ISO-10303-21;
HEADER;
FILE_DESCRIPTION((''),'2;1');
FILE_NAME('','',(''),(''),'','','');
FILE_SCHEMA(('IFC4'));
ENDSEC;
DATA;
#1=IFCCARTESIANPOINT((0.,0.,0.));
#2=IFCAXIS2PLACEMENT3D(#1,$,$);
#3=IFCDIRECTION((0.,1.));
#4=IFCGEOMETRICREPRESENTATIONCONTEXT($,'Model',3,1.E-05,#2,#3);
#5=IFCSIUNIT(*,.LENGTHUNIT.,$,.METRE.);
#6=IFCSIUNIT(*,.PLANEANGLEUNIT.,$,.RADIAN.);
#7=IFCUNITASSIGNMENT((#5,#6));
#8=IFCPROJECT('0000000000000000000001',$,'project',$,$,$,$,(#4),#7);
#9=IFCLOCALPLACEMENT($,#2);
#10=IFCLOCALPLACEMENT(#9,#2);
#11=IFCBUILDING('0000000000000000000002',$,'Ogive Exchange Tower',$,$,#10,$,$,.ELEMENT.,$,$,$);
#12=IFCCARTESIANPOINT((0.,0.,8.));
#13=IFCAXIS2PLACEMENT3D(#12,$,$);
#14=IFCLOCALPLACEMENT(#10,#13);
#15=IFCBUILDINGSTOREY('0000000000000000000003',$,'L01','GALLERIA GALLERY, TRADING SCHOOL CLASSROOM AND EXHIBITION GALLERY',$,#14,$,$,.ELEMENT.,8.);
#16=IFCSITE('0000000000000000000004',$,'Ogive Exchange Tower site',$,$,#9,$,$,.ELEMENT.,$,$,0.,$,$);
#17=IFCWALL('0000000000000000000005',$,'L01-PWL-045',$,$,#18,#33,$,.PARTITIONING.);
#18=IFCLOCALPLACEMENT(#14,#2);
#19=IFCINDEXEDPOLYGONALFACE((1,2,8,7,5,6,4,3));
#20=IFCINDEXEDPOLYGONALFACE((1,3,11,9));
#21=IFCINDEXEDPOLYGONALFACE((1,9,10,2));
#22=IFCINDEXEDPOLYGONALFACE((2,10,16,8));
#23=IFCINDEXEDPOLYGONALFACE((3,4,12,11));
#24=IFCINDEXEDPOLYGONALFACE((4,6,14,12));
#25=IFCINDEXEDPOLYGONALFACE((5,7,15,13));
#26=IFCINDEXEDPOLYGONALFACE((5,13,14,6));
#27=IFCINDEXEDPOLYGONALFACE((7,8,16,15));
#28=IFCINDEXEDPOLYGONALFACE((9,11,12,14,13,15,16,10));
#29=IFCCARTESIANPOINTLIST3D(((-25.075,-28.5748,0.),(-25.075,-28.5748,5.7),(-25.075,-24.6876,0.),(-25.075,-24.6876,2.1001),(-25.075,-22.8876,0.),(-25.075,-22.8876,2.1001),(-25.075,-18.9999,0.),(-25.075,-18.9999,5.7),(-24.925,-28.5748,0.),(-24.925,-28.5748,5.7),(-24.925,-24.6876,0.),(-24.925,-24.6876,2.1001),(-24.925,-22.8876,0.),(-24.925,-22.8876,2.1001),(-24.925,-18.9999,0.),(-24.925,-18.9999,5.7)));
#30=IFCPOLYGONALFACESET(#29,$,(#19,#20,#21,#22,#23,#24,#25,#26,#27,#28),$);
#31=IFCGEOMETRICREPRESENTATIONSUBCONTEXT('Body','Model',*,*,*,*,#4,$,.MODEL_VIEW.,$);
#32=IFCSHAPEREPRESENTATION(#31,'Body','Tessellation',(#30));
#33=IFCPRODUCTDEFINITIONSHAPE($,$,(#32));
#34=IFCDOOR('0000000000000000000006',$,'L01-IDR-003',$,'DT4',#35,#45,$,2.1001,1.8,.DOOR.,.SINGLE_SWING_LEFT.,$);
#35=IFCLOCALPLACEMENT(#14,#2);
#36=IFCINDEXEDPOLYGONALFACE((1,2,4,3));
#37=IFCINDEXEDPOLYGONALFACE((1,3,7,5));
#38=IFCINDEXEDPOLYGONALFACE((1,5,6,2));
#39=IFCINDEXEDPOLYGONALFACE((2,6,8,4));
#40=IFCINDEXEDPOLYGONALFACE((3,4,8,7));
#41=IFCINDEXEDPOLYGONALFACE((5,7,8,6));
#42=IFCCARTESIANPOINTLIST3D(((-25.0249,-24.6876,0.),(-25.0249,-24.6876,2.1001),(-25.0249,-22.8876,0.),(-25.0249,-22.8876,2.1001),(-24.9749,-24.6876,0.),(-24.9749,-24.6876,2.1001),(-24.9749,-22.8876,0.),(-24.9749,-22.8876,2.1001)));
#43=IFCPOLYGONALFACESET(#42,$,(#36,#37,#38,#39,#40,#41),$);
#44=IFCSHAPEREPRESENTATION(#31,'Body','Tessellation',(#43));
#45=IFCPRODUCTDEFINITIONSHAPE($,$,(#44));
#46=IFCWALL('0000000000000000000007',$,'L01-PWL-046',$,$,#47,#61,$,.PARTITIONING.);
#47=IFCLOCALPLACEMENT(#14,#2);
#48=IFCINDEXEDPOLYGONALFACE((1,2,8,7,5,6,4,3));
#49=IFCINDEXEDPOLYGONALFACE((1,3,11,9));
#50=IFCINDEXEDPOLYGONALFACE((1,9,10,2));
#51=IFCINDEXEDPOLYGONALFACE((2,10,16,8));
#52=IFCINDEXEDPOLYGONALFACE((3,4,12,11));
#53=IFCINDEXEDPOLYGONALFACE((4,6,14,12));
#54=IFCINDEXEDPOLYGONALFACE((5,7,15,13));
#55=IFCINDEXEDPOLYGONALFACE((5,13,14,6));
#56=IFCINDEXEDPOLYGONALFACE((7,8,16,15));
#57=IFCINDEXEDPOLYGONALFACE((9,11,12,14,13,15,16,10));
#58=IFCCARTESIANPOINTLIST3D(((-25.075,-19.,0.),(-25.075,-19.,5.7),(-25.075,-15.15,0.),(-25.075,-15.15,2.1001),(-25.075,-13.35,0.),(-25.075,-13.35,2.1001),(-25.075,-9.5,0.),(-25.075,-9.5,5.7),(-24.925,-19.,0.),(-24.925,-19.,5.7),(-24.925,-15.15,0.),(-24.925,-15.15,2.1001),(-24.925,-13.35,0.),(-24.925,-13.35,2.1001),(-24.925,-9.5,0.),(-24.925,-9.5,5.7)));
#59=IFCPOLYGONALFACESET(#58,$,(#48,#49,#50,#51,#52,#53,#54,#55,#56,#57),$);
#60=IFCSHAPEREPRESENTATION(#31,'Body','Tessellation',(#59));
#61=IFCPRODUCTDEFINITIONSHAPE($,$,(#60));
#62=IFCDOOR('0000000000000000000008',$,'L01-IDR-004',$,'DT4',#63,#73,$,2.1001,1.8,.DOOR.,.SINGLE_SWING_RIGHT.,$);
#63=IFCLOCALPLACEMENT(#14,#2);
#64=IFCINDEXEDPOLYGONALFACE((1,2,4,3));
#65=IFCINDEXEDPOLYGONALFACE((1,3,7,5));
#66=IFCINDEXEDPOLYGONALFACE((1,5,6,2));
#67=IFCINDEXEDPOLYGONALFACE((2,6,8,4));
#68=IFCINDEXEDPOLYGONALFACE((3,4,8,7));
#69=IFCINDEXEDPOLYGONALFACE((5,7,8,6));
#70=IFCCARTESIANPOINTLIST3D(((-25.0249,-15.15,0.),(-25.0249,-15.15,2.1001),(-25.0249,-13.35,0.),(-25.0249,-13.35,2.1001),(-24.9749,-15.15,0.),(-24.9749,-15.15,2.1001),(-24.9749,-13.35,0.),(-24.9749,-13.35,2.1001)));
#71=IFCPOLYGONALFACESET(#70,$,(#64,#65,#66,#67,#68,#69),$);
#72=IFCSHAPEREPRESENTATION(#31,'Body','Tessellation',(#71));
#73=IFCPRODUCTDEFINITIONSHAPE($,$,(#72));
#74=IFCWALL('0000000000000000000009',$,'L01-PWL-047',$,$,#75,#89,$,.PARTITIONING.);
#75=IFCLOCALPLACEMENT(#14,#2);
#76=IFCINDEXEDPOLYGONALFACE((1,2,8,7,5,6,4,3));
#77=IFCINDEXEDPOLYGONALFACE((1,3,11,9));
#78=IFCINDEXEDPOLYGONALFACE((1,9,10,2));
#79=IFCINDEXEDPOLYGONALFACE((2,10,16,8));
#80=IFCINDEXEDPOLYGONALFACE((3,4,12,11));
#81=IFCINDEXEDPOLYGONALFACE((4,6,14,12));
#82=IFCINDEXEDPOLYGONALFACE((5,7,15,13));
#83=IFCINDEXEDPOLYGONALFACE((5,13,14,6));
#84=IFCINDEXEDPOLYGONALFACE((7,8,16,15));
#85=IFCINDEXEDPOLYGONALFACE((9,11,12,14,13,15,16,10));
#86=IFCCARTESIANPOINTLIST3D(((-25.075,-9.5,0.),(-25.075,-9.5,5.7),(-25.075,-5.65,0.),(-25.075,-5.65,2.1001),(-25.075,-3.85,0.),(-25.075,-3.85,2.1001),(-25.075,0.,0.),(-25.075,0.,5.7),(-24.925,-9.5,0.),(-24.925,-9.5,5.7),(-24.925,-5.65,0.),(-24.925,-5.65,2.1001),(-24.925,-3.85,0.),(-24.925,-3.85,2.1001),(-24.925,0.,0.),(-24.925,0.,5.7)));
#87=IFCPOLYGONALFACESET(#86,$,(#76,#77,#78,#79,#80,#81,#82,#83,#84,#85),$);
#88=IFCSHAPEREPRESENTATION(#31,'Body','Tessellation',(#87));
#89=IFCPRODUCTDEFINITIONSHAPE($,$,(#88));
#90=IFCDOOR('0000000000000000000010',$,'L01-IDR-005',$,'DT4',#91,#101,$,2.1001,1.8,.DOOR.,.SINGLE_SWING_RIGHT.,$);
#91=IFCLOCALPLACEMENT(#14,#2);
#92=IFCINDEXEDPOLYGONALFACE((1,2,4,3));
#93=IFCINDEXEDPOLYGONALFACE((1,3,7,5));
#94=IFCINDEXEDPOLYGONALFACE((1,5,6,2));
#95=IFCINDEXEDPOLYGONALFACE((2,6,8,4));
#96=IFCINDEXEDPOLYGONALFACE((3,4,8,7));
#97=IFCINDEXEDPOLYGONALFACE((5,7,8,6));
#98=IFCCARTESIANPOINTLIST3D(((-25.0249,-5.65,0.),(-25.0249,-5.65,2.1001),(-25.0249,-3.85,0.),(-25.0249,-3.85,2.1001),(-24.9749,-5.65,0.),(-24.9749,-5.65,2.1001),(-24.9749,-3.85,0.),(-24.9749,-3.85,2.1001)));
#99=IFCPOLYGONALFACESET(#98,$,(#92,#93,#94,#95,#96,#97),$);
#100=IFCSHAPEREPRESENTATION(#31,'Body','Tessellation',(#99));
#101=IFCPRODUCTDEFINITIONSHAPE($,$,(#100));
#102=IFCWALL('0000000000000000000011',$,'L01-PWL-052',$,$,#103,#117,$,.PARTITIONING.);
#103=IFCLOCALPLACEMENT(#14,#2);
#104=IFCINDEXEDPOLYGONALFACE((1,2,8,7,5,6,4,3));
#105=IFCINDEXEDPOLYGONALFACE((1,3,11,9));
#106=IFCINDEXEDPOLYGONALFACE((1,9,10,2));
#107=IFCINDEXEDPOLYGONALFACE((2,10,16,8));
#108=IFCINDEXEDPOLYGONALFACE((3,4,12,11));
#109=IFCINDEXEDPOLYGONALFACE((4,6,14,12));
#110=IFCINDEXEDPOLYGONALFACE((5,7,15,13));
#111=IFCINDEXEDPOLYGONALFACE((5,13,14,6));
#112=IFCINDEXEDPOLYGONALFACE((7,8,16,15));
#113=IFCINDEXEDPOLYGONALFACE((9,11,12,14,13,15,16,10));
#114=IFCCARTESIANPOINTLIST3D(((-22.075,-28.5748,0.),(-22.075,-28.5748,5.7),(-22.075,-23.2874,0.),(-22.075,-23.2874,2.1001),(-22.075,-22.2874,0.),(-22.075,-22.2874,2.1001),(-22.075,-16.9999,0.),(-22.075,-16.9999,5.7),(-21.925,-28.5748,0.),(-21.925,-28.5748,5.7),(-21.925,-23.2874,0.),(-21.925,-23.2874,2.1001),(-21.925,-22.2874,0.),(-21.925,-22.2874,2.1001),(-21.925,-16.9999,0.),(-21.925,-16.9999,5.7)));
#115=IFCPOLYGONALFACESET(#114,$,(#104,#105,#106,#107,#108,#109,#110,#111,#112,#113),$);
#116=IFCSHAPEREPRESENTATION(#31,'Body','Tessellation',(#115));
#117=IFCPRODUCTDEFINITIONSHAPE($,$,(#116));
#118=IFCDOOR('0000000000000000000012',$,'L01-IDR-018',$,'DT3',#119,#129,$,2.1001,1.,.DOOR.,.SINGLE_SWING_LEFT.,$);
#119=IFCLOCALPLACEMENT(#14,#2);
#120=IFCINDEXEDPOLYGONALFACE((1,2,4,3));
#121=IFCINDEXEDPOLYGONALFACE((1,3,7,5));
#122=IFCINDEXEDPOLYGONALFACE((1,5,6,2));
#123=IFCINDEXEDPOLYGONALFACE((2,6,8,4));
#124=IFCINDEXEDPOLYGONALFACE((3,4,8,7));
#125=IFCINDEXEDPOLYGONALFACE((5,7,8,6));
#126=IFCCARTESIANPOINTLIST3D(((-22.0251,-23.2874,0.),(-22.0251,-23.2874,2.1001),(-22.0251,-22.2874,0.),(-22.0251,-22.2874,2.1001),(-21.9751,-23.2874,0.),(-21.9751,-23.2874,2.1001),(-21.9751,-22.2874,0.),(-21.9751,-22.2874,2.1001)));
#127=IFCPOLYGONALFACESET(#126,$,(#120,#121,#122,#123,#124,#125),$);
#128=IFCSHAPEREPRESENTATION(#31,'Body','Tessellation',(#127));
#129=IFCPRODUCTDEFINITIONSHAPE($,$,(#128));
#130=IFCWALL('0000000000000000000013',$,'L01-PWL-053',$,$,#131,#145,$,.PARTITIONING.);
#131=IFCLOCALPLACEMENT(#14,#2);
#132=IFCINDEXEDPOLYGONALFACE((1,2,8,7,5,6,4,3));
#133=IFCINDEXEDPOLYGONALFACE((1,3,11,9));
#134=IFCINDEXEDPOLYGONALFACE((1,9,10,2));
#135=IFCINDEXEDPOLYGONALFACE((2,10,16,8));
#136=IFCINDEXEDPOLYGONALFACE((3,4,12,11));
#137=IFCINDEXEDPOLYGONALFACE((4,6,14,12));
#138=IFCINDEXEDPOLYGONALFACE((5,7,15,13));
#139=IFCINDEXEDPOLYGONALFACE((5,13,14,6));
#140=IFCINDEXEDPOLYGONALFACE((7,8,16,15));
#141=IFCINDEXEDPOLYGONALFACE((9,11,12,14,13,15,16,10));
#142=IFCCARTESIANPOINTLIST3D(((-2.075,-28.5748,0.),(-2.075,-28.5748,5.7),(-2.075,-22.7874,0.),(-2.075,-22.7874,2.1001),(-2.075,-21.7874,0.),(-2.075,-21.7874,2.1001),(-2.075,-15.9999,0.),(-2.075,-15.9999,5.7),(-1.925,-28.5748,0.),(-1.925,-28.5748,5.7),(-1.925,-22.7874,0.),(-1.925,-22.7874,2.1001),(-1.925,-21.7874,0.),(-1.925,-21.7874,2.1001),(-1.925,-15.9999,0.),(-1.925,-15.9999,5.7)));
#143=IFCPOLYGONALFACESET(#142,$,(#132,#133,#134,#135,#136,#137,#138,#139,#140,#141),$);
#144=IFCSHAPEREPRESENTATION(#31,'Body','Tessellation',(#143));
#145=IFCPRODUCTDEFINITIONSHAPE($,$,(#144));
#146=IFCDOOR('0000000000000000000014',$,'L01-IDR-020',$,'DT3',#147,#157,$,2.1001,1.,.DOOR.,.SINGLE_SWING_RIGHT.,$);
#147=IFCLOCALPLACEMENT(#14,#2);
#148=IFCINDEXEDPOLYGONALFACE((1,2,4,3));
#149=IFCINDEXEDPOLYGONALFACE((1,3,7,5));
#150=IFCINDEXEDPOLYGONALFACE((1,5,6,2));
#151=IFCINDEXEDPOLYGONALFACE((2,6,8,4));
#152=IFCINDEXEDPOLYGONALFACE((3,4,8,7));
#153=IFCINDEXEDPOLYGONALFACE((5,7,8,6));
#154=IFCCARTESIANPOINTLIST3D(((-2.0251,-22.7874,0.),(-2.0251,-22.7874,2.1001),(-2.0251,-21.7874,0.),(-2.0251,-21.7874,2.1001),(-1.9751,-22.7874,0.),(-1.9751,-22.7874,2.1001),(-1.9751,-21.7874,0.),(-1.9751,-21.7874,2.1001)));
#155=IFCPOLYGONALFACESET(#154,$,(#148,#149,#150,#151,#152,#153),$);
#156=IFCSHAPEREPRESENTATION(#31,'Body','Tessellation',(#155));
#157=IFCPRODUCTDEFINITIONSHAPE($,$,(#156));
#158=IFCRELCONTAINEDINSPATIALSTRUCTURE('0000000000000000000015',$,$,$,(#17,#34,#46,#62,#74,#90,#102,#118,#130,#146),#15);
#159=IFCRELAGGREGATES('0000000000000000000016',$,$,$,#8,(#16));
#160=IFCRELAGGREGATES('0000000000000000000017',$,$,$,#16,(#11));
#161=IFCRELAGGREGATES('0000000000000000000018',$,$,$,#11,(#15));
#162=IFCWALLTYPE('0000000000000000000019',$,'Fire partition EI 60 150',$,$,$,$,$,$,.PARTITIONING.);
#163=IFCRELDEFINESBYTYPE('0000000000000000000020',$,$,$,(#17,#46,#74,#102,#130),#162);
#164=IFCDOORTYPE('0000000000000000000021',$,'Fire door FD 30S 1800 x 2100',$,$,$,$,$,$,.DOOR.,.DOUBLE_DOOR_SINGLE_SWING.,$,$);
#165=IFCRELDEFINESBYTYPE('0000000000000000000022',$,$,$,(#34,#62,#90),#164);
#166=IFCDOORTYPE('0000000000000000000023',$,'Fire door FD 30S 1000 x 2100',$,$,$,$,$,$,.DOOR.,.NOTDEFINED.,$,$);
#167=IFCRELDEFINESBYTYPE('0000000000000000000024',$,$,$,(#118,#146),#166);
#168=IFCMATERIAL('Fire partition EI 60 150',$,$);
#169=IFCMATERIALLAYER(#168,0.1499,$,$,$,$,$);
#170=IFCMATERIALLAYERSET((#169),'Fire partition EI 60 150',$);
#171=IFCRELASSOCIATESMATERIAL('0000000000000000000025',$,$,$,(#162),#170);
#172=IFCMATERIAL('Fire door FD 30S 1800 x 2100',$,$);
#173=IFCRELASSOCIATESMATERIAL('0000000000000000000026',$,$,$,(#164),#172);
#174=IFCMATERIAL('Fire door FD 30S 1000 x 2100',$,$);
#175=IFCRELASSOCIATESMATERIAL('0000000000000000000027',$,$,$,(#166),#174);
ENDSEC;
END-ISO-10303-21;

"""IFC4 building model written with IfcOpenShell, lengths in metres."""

from ifc_helpers import new_model, si_unit, direction, frame, frame_2d, origin, place, context, subcontext, project, spatial, rectangle, extrude, material, layer, layer_set, type_object, element, fill, save


model = new_model("IFC4")

# Units and contexts
model_context = context("Model", 3, precision=1e-05, world=origin(), true_north=direction((0.0, 1.0)))
body_context = subcontext(model_context, "Body", "Model", "MODEL_VIEW")
ifc_project = project(units=[si_unit("LENGTHUNIT", "METRE"), si_unit("PLANEANGLEUNIT", "RADIAN")], contexts=[model_context])

# Site, building, storey
site_placement = place(None, origin())
site = spatial("IfcSite", under=ifc_project, at=site_placement, Name="Ogive Exchange Tower site", CompositionType="ELEMENT", RefElevation=0.0)
building_placement = place(site_placement, origin())
building = spatial("IfcBuilding", under=site, at=building_placement, Name="Ogive Exchange Tower", CompositionType="ELEMENT")
storey_placement = place(building_placement, frame((0.0, 0.0, 8.0)))
storey = spatial("IfcBuildingStorey", under=building, at=storey_placement, Name="L01", Description="GALLERIA GALLERY, TRADING SCHOOL CLASSROOM AND EXHIBITION GALLERY", CompositionType="ELEMENT", Elevation=8.0)

# Shared definitions
ifc_material_1 = material(Name="Fire partition EI 60 150")
ifc_layer_1 = layer(ifc_material_1, 0.1499)
ifc_layer_set_1 = layer_set([ifc_layer_1], Name="Fire partition EI 60 150")
wall_type_1 = type_object("IfcWallType", Name="Fire partition EI 60 150", PredefinedType="PARTITIONING", material=ifc_layer_set_1)

# Walls, openings, doors
wall_1_placement = place(storey_placement, frame((-25.0, -28.575, 0.0), z_axis=(0.0, 0.0, 1.0), x_axis=(0.0, 1.0, 0.0)))
wall_1 = element("IfcWall", 1, at=wall_1_placement, inside=storey, type_object=wall_type_1, Name="L01-PWL-045", PredefinedType="PARTITIONING", context=body_context, shape_type="SweptSolid", body=[
    extrude(rectangle(XDim=9.575, YDim=0.1499, at=frame_2d((4.7876, 0.0))), origin(), (0.0, 0.0, 1.0), 5.7),
])
opening_1_placement = place(wall_1_placement, frame((3.8875, 0.0, 0.0)))
opening_1 = element("IfcOpeningElement", 2, at=opening_1_placement, cuts=wall_1, PredefinedType="OPENING", context=body_context, shape_type="SweptSolid", body=[
    extrude(rectangle(XDim=1.8, YDim=2.1001, at=frame_2d((0.8999, 1.05))), frame((0.0, 0.085, 0.0), z_axis=(0.0, -1.0, 0.0), x_axis=(1.0, 0.0, 0.0)), (0.0, 0.0, 1.0), 0.1699),
])
ifc_material_2 = material(Name="Fire door FD 30S 1800 x 2100")
door_type_1 = type_object("IfcDoorType", Name="Fire door FD 30S 1800 x 2100", OperationType="DOUBLE_DOOR_SINGLE_SWING", PredefinedType="DOOR", material=ifc_material_2)
door_1_placement = place(opening_1_placement, origin())
door_1 = element("IfcDoor", 3, at=door_1_placement, inside=storey, type_object=door_type_1, Name="L01-IDR-003", ObjectType="DT4", OperationType="SINGLE_SWING_LEFT", OverallHeight=2.1001, OverallWidth=1.8, PredefinedType="DOOR", context=body_context, shape_type="SweptSolid", body=[
    extrude(rectangle(XDim=1.8, YDim=2.1001, at=frame_2d((0.8999, 1.05))), frame((0.0, 0.0249, 0.0), z_axis=(0.0, -1.0, 0.0), x_axis=(1.0, 0.0, 0.0)), (0.0, 0.0, 1.0), 0.05),
])
fill(opening_1, door_1)
wall_2_placement = place(storey_placement, frame((-25.0, -19.0, 0.0), z_axis=(0.0, 0.0, 1.0), x_axis=(0.0, 1.0, 0.0)))
wall_2 = element("IfcWall", 4, at=wall_2_placement, inside=storey, type_object=wall_type_1, Name="L01-PWL-046", PredefinedType="PARTITIONING", context=body_context, shape_type="SweptSolid", body=[
    extrude(rectangle(XDim=9.5, YDim=0.1499, at=frame_2d((4.75, 0.0))), origin(), (0.0, 0.0, 1.0), 5.7),
])
opening_2_placement = place(wall_2_placement, frame((3.8501, 0.0, 0.0)))
opening_2 = element("IfcOpeningElement", 5, at=opening_2_placement, cuts=wall_2, PredefinedType="OPENING", context=body_context, shape_type="SweptSolid", body=[
    extrude(rectangle(XDim=1.8, YDim=2.1001, at=frame_2d((0.8999, 1.05))), frame((0.0, 0.085, 0.0), z_axis=(0.0, -1.0, 0.0), x_axis=(1.0, 0.0, 0.0)), (0.0, 0.0, 1.0), 0.1699),
])
door_2_placement = place(opening_2_placement, origin())
door_2 = element("IfcDoor", 6, at=door_2_placement, inside=storey, type_object=door_type_1, Name="L01-IDR-004", ObjectType="DT4", OperationType="SINGLE_SWING_RIGHT", OverallHeight=2.1001, OverallWidth=1.8, PredefinedType="DOOR", context=body_context, shape_type="SweptSolid", body=[
    extrude(rectangle(XDim=1.8, YDim=2.1001, at=frame_2d((0.8999, 1.05))), frame((0.0, 0.0249, 0.0), z_axis=(0.0, -1.0, 0.0), x_axis=(1.0, 0.0, 0.0)), (0.0, 0.0, 1.0), 0.05),
])
fill(opening_2, door_2)
wall_3_placement = place(storey_placement, frame((-25.0, -9.5, 0.0), z_axis=(0.0, 0.0, 1.0), x_axis=(0.0, 1.0, 0.0)))
wall_3 = element("IfcWall", 7, at=wall_3_placement, inside=storey, type_object=wall_type_1, Name="L01-PWL-047", PredefinedType="PARTITIONING", context=body_context, shape_type="SweptSolid", body=[
    extrude(rectangle(XDim=9.5, YDim=0.1499, at=frame_2d((4.75, 0.0))), origin(), (0.0, 0.0, 1.0), 5.7),
])
opening_3_placement = place(wall_3_placement, frame((3.8501, 0.0, 0.0)))
opening_3 = element("IfcOpeningElement", 8, at=opening_3_placement, cuts=wall_3, PredefinedType="OPENING", context=body_context, shape_type="SweptSolid", body=[
    extrude(rectangle(XDim=1.8, YDim=2.1001, at=frame_2d((0.8999, 1.05))), frame((0.0, 0.085, 0.0), z_axis=(0.0, -1.0, 0.0), x_axis=(1.0, 0.0, 0.0)), (0.0, 0.0, 1.0), 0.1699),
])
door_3_placement = place(opening_3_placement, origin())
door_3 = element("IfcDoor", 9, at=door_3_placement, inside=storey, type_object=door_type_1, Name="L01-IDR-005", ObjectType="DT4", OperationType="SINGLE_SWING_RIGHT", OverallHeight=2.1001, OverallWidth=1.8, PredefinedType="DOOR", context=body_context, shape_type="SweptSolid", body=[
    extrude(rectangle(XDim=1.8, YDim=2.1001, at=frame_2d((0.8999, 1.05))), frame((0.0, 0.0249, 0.0), z_axis=(0.0, -1.0, 0.0), x_axis=(1.0, 0.0, 0.0)), (0.0, 0.0, 1.0), 0.05),
])
fill(opening_3, door_3)
wall_4_placement = place(storey_placement, frame((-22.0, -28.575, 0.0), z_axis=(0.0, 0.0, 1.0), x_axis=(0.0, 1.0, 0.0)))
wall_4 = element("IfcWall", 10, at=wall_4_placement, inside=storey, type_object=wall_type_1, Name="L01-PWL-052", PredefinedType="PARTITIONING", context=body_context, shape_type="SweptSolid", body=[
    extrude(rectangle(XDim=11.575, YDim=0.1499, at=frame_2d((5.7876, 0.0))), origin(), (0.0, 0.0, 1.0), 5.7),
])
opening_4_placement = place(wall_4_placement, frame((5.2876, 0.0, 0.0)))
opening_4 = element("IfcOpeningElement", 11, at=opening_4_placement, cuts=wall_4, PredefinedType="OPENING", context=body_context, shape_type="SweptSolid", body=[
    extrude(rectangle(XDim=1.0, YDim=2.1001, at=frame_2d((0.5, 1.05))), frame((0.0, 0.085, 0.0), z_axis=(0.0, -1.0, 0.0), x_axis=(1.0, 0.0, 0.0)), (0.0, 0.0, 1.0), 0.1699),
])
ifc_material_3 = material(Name="Fire door FD 30S 1000 x 2100")
door_type_2 = type_object("IfcDoorType", Name="Fire door FD 30S 1000 x 2100", OperationType="NOTDEFINED", PredefinedType="DOOR", material=ifc_material_3)
door_4_placement = place(opening_4_placement, frame((1.0, 0.0, 0.0), z_axis=(0.0, 0.0, 1.0), x_axis=(-1.0, 0.0, 0.0)))
door_4 = element("IfcDoor", 12, at=door_4_placement, inside=storey, type_object=door_type_2, Name="L01-IDR-018", ObjectType="DT3", OperationType="SINGLE_SWING_LEFT", OverallHeight=2.1001, OverallWidth=1.0, PredefinedType="DOOR", context=body_context, shape_type="SweptSolid", body=[
    extrude(rectangle(XDim=1.0, YDim=2.1001, at=frame_2d((0.5, 1.05))), frame((0.0, 0.0249, 0.0), z_axis=(0.0, -1.0, 0.0), x_axis=(1.0, 0.0, 0.0)), (0.0, 0.0, 1.0), 0.05),
])
fill(opening_4, door_4)
wall_5_placement = place(storey_placement, frame((-2.0, -28.575, 0.0), z_axis=(0.0, 0.0, 1.0), x_axis=(0.0, 1.0, 0.0)))
wall_5 = element("IfcWall", 13, at=wall_5_placement, inside=storey, type_object=wall_type_1, Name="L01-PWL-053", PredefinedType="PARTITIONING", context=body_context, shape_type="SweptSolid", body=[
    extrude(rectangle(XDim=12.575, YDim=0.1499, at=frame_2d((6.2876, 0.0))), origin(), (0.0, 0.0, 1.0), 5.7),
])
opening_5_placement = place(wall_5_placement, frame((5.7876, 0.0, 0.0)))
opening_5 = element("IfcOpeningElement", 14, at=opening_5_placement, cuts=wall_5, PredefinedType="OPENING", context=body_context, shape_type="SweptSolid", body=[
    extrude(rectangle(XDim=1.0, YDim=2.1001, at=frame_2d((0.5, 1.05))), frame((0.0, 0.085, 0.0), z_axis=(0.0, -1.0, 0.0), x_axis=(1.0, 0.0, 0.0)), (0.0, 0.0, 1.0), 0.1699),
])
door_5_placement = place(opening_5_placement, frame((1.0, 0.0, 0.0), z_axis=(0.0, 0.0, 1.0), x_axis=(-1.0, 0.0, 0.0)))
door_5 = element("IfcDoor", 15, at=door_5_placement, inside=storey, type_object=door_type_2, Name="L01-IDR-020", ObjectType="DT3", OperationType="SINGLE_SWING_RIGHT", OverallHeight=2.1001, OverallWidth=1.0, PredefinedType="DOOR", context=body_context, shape_type="SweptSolid", body=[
    extrude(rectangle(XDim=1.0, YDim=2.1001, at=frame_2d((0.5, 1.05))), frame((0.0, 0.0249, 0.0), z_axis=(0.0, -1.0, 0.0), x_axis=(1.0, 0.0, 0.0)), (0.0, 0.0, 1.0), 0.05),
])
fill(opening_5, door_5)

save(model, "model.ifc")
